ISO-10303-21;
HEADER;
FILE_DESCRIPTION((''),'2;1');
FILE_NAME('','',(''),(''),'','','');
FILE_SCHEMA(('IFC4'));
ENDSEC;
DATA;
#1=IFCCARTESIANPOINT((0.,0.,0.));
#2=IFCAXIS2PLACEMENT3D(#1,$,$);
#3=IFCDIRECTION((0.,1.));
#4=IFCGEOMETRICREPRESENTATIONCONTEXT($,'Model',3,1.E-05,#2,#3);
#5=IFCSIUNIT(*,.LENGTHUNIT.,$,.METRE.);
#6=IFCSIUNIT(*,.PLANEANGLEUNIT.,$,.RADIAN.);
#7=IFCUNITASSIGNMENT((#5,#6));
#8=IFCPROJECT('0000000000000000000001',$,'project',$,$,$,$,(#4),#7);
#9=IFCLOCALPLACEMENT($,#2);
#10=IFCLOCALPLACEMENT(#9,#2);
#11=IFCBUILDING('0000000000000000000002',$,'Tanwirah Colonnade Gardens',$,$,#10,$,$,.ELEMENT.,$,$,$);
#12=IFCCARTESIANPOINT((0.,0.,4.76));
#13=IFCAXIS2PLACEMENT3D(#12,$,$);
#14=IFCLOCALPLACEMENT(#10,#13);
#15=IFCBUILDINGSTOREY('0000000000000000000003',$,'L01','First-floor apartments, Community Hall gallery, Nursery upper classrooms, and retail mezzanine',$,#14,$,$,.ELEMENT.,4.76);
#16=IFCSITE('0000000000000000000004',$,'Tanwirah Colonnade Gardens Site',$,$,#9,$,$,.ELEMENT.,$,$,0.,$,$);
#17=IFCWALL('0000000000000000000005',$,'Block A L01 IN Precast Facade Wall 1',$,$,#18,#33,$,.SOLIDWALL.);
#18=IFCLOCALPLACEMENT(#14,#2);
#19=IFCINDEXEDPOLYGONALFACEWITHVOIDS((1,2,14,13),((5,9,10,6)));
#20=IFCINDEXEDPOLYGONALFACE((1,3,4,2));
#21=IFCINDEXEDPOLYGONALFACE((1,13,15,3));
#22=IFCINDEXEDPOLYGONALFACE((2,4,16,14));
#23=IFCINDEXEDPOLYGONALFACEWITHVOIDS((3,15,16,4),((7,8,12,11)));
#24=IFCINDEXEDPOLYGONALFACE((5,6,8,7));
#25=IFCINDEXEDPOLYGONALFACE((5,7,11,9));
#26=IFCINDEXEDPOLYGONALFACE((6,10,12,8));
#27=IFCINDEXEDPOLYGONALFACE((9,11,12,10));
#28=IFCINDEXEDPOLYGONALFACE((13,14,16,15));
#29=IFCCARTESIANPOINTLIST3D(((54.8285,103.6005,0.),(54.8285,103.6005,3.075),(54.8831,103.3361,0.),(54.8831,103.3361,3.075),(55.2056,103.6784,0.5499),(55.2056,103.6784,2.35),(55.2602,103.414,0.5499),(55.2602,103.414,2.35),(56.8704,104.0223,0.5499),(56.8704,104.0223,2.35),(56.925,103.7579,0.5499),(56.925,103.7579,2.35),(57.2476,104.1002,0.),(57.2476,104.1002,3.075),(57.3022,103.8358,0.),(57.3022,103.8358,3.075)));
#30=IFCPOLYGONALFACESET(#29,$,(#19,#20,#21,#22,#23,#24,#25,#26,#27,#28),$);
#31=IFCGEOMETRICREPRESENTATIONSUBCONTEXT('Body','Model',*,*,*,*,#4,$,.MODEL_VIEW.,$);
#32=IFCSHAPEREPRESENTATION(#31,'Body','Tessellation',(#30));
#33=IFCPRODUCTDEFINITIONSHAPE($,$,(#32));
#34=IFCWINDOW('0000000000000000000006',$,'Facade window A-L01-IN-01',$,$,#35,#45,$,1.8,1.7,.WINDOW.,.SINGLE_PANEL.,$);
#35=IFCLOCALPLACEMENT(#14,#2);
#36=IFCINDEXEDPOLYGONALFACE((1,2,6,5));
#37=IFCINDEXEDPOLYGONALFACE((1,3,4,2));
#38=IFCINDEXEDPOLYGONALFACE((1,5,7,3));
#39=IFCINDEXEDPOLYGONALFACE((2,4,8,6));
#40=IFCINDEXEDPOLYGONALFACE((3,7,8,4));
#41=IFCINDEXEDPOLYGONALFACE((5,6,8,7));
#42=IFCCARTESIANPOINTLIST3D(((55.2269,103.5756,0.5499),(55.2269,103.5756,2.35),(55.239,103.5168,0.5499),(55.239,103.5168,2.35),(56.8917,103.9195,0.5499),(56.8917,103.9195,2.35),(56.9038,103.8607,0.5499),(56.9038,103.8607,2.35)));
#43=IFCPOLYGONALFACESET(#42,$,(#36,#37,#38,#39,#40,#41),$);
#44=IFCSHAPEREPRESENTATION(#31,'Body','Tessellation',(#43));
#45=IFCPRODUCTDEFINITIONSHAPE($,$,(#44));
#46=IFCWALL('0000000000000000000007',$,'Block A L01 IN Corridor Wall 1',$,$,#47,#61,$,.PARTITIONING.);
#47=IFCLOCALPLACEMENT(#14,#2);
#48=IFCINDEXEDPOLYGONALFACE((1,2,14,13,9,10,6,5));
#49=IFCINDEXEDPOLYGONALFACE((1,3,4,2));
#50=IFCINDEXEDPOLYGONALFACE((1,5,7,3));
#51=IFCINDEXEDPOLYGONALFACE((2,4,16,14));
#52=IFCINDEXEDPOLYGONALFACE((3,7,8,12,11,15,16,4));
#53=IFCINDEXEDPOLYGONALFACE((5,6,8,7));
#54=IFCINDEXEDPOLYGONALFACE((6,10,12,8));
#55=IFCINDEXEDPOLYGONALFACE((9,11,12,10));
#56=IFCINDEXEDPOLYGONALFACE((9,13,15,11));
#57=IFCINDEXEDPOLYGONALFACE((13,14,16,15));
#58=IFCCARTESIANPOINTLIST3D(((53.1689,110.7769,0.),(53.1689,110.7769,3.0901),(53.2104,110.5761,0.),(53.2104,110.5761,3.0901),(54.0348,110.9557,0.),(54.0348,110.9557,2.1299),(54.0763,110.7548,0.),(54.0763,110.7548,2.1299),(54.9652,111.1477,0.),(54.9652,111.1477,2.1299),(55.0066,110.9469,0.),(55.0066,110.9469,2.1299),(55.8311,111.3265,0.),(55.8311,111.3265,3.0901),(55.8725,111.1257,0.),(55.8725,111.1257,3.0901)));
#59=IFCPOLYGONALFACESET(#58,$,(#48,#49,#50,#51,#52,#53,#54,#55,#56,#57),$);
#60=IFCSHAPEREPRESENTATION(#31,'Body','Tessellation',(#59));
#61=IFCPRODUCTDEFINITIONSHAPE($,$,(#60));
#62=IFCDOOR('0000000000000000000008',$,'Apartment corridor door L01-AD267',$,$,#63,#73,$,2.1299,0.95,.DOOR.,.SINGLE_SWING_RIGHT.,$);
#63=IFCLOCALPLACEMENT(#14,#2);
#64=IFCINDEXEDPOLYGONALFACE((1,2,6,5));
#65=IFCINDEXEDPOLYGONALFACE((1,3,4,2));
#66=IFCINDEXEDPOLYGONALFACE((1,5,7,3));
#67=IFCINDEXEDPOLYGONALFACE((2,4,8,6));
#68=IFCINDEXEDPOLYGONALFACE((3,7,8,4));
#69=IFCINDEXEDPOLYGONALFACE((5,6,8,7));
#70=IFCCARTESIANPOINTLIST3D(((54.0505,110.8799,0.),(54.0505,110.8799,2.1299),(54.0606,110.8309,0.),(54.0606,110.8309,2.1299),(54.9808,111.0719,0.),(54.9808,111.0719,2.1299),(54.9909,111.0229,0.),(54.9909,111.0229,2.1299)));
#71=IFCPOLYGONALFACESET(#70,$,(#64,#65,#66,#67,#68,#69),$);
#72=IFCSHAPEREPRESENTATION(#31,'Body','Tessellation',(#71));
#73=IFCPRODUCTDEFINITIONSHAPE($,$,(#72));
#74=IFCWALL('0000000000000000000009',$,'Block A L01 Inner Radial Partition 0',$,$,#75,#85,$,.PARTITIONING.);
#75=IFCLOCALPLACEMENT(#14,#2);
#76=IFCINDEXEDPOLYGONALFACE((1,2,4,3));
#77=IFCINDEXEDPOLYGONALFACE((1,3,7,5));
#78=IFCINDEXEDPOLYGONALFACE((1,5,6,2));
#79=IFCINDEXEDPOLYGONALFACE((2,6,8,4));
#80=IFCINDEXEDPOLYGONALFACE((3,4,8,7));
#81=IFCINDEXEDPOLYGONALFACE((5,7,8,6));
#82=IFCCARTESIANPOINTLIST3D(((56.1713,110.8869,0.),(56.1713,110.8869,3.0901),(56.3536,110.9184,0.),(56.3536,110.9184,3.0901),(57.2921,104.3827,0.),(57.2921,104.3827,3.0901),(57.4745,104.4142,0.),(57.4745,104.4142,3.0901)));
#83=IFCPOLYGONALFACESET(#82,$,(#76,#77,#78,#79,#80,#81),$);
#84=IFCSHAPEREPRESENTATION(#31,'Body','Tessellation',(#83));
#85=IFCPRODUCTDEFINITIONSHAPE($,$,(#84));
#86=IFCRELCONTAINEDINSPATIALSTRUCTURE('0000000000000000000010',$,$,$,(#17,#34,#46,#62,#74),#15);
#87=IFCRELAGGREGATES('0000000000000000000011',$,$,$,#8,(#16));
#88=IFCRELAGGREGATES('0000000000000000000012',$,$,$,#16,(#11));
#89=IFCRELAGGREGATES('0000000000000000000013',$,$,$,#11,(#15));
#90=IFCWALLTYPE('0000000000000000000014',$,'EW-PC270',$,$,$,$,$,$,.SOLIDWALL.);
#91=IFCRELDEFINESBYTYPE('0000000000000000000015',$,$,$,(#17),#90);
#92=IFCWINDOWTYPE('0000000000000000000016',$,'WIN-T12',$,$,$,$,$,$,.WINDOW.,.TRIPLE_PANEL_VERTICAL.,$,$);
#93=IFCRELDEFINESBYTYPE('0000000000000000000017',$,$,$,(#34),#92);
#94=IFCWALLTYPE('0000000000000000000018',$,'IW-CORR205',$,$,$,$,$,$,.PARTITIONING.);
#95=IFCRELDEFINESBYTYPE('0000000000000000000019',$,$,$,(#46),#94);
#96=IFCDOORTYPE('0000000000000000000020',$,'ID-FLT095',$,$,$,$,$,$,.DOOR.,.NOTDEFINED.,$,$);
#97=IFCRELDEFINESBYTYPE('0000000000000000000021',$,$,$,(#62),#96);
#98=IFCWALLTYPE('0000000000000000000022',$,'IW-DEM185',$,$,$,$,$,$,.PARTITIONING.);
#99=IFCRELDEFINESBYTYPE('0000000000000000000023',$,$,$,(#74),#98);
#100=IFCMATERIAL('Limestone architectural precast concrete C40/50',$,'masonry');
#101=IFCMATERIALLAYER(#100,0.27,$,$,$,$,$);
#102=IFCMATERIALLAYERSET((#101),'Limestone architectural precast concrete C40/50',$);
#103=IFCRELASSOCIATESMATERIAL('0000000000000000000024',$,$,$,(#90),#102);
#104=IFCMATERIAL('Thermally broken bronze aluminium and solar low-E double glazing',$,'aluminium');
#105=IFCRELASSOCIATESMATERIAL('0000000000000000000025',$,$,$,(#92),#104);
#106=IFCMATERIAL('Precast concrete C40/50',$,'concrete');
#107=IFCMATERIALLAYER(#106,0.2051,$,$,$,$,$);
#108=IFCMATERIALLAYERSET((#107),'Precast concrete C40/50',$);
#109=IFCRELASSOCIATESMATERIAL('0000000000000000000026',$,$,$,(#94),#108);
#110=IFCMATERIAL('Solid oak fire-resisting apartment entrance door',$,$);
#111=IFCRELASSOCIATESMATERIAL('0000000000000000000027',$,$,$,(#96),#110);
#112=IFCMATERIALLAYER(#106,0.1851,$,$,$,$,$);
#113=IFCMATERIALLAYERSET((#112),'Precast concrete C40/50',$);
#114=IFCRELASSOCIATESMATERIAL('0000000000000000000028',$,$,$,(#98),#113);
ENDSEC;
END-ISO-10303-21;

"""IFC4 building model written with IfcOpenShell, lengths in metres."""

from ifc_helpers import new_model, si_unit, direction, frame, frame_2d, origin, place, context, subcontext, project, spatial, rectangle, extrude, material, layer, layer_set, type_object, element, fill, save


model = new_model("IFC4")

# Units and contexts
model_context = context("Model", 3, precision=1e-05, world=origin(), true_north=direction((0.0, 1.0)))
body_context = subcontext(model_context, "Body", "Model", "MODEL_VIEW")
ifc_project = project(units=[si_unit("LENGTHUNIT", "METRE"), si_unit("PLANEANGLEUNIT", "RADIAN")], contexts=[model_context])

# Site, building, storey
site_placement = place(None, origin())
site = spatial("IfcSite", under=ifc_project, at=site_placement, Name="Tanwirah Colonnade Gardens Site", CompositionType="ELEMENT", RefElevation=0.0)
building_placement = place(site_placement, origin())
building = spatial("IfcBuilding", under=site, at=building_placement, Name="Tanwirah Colonnade Gardens", CompositionType="ELEMENT")
storey_placement = place(building_placement, frame((0.0, 0.0, 4.76)))
storey = spatial("IfcBuildingStorey", under=building, at=storey_placement, Name="L01", Description="First-floor apartments, Community Hall gallery, Nursery upper classrooms, and retail mezzanine", CompositionType="ELEMENT", Elevation=4.76)

# Shared definitions
ifc_material_1 = material(Name="Precast concrete C40/50", Category="concrete")

# Wall, opening, window
ifc_material_2 = material(Name="Limestone architectural precast concrete C40/50", Category="masonry")
ifc_layer_1 = layer(ifc_material_2, 0.27)
ifc_layer_set_1 = layer_set([ifc_layer_1], Name="Limestone architectural precast concrete C40/50")
wall_type_1 = type_object("IfcWallType", Name="EW-PC270", PredefinedType="SOLIDWALL", material=ifc_layer_set_1)
wall_1_placement = place(storey_placement, frame((57.2749, 103.968, 0.0), z_axis=(0.0, 0.0, 1.0), x_axis=(-0.979322, -0.202308, 0.0)))
wall_1 = element("IfcWall", 1, at=wall_1_placement, inside=storey, type_object=wall_type_1, Name="Block A L01 IN Precast Facade Wall 1", PredefinedType="SOLIDWALL", context=body_context, shape_type="SweptSolid", body=[
    extrude(rectangle(XDim=2.4702, YDim=0.27, at=frame_2d((1.2351, 0.0))), origin(), (0.0, 0.0, 1.0), 3.075),
])
opening_1_placement = place(wall_1_placement, frame((0.385, 0.0, 0.55)))
opening_1 = element("IfcOpeningElement", 2, at=opening_1_placement, cuts=wall_1, PredefinedType="OPENING", context=body_context, shape_type="SweptSolid", body=[
    extrude(rectangle(XDim=1.7, YDim=1.8, at=frame_2d((0.8501, 0.8999))), frame((0.0, 0.145, 0.0), z_axis=(0.0, -1.0, 0.0), x_axis=(1.0, 0.0, 0.0)), (0.0, 0.0, 1.0), 0.29),
])
ifc_material_3 = material(Name="Thermally broken bronze aluminium and solar low-E double glazing", Category="aluminium")
window_type = type_object("IfcWindowType", Name="WIN-T12", PartitioningType="TRIPLE_PANEL_VERTICAL", PredefinedType="WINDOW", material=ifc_material_3)
window_placement = place(opening_1_placement, origin())
window = element("IfcWindow", 3, at=window_placement, inside=storey, type_object=window_type, Name="Facade window A-L01-IN-01", OverallHeight=1.8, OverallWidth=1.7, PartitioningType="SINGLE_PANEL", PredefinedType="WINDOW", context=body_context, shape_type="SweptSolid", body=[
    extrude(rectangle(XDim=1.7, YDim=1.8, at=frame_2d((0.8501, 0.8999))), frame((0.0, 0.03, 0.0), z_axis=(0.0, -1.0, 0.0), x_axis=(1.0, 0.0, 0.0)), (0.0, 0.0, 1.0), 0.0601),
])
fill(opening_1, window)

# Wall, opening, door
ifc_layer_2 = layer(ifc_material_1, 0.2051)
ifc_layer_set_2 = layer_set([ifc_layer_2], Name="Precast concrete C40/50")
wall_type_2 = type_object("IfcWallType", Name="IW-CORR205", PredefinedType="PARTITIONING", material=ifc_layer_set_2)
ifc_material_4 = material(Name="Solid oak fire-resisting apartment entrance door")
wall_2_placement = place(storey_placement, frame((55.8518, 111.2261, 0.0), z_axis=(0.0, 0.0, 1.0), x_axis=(-0.979349, -0.202175, 0.0)))
wall_2 = element("IfcWall", 4, at=wall_2_placement, inside=storey, type_object=wall_type_2, Name="Block A L01 IN Corridor Wall 1", PredefinedType="PARTITIONING", context=body_context, shape_type="SweptSolid", body=[
    extrude(rectangle(XDim=2.7183, YDim=0.2051, at=frame_2d((1.3591, 0.0))), origin(), (0.0, 0.0, 1.0), 3.0901),
])
opening_2_placement = place(wall_2_placement, frame((0.884, 0.0, 0.0)))
opening_2 = element("IfcOpeningElement", 5, at=opening_2_placement, cuts=wall_2, PredefinedType="OPENING", context=body_context, shape_type="SweptSolid", body=[
    extrude(rectangle(XDim=0.95, YDim=2.1299, at=frame_2d((0.4751, 1.0649))), frame((0.0, 0.1125, 0.0), z_axis=(0.0, -1.0, 0.0), x_axis=(1.0, 0.0, 0.0)), (0.0, 0.0, 1.0), 0.2251),
])
door_type_1 = type_object("IfcDoorType", Name="ID-FLT095", OperationType="NOTDEFINED", PredefinedType="DOOR", material=ifc_material_4)
door_1_placement = place(opening_2_placement, origin())
door_1 = element("IfcDoor", 6, at=door_1_placement, inside=storey, type_object=door_type_1, Name="Apartment corridor door L01-AD267", OperationType="SINGLE_SWING_RIGHT", OverallHeight=2.1299, OverallWidth=0.95, PredefinedType="DOOR", context=body_context, shape_type="SweptSolid", body=[
    extrude(rectangle(XDim=0.95, YDim=2.1299, at=frame_2d((0.4751, 1.0649))), frame((0.0, 0.0249, 0.0), z_axis=(0.0, -1.0, 0.0), x_axis=(1.0, 0.0, 0.0)), (0.0, 0.0, 1.0), 0.05),
])
fill(opening_2, door_1)

# Wall
ifc_layer_3 = layer(ifc_material_1, 0.1851)
ifc_layer_set_3 = layer_set([ifc_layer_3], Name="Precast concrete C40/50")
wall_type_3 = type_object("IfcWallType", Name="IW-DEM185", PredefinedType="PARTITIONING", material=ifc_layer_set_3)
wall_3_placement = place(storey_placement, frame((57.3833, 104.3984, 0.0), z_axis=(0.0, 0.0, 1.0), x_axis=(-0.169825, 0.985474, 0.0)))
element("IfcWall", 7, at=wall_3_placement, inside=storey, type_object=wall_type_3, Name="Block A L01 Inner Radial Partition 0", PredefinedType="PARTITIONING", context=body_context, shape_type="SweptSolid", body=[
    extrude(rectangle(XDim=6.6001, YDim=0.1851, at=frame_2d((3.3, 0.0))), origin(), (0.0, 0.0, 1.0), 3.0901),
])

save(model, "model.ifc")
